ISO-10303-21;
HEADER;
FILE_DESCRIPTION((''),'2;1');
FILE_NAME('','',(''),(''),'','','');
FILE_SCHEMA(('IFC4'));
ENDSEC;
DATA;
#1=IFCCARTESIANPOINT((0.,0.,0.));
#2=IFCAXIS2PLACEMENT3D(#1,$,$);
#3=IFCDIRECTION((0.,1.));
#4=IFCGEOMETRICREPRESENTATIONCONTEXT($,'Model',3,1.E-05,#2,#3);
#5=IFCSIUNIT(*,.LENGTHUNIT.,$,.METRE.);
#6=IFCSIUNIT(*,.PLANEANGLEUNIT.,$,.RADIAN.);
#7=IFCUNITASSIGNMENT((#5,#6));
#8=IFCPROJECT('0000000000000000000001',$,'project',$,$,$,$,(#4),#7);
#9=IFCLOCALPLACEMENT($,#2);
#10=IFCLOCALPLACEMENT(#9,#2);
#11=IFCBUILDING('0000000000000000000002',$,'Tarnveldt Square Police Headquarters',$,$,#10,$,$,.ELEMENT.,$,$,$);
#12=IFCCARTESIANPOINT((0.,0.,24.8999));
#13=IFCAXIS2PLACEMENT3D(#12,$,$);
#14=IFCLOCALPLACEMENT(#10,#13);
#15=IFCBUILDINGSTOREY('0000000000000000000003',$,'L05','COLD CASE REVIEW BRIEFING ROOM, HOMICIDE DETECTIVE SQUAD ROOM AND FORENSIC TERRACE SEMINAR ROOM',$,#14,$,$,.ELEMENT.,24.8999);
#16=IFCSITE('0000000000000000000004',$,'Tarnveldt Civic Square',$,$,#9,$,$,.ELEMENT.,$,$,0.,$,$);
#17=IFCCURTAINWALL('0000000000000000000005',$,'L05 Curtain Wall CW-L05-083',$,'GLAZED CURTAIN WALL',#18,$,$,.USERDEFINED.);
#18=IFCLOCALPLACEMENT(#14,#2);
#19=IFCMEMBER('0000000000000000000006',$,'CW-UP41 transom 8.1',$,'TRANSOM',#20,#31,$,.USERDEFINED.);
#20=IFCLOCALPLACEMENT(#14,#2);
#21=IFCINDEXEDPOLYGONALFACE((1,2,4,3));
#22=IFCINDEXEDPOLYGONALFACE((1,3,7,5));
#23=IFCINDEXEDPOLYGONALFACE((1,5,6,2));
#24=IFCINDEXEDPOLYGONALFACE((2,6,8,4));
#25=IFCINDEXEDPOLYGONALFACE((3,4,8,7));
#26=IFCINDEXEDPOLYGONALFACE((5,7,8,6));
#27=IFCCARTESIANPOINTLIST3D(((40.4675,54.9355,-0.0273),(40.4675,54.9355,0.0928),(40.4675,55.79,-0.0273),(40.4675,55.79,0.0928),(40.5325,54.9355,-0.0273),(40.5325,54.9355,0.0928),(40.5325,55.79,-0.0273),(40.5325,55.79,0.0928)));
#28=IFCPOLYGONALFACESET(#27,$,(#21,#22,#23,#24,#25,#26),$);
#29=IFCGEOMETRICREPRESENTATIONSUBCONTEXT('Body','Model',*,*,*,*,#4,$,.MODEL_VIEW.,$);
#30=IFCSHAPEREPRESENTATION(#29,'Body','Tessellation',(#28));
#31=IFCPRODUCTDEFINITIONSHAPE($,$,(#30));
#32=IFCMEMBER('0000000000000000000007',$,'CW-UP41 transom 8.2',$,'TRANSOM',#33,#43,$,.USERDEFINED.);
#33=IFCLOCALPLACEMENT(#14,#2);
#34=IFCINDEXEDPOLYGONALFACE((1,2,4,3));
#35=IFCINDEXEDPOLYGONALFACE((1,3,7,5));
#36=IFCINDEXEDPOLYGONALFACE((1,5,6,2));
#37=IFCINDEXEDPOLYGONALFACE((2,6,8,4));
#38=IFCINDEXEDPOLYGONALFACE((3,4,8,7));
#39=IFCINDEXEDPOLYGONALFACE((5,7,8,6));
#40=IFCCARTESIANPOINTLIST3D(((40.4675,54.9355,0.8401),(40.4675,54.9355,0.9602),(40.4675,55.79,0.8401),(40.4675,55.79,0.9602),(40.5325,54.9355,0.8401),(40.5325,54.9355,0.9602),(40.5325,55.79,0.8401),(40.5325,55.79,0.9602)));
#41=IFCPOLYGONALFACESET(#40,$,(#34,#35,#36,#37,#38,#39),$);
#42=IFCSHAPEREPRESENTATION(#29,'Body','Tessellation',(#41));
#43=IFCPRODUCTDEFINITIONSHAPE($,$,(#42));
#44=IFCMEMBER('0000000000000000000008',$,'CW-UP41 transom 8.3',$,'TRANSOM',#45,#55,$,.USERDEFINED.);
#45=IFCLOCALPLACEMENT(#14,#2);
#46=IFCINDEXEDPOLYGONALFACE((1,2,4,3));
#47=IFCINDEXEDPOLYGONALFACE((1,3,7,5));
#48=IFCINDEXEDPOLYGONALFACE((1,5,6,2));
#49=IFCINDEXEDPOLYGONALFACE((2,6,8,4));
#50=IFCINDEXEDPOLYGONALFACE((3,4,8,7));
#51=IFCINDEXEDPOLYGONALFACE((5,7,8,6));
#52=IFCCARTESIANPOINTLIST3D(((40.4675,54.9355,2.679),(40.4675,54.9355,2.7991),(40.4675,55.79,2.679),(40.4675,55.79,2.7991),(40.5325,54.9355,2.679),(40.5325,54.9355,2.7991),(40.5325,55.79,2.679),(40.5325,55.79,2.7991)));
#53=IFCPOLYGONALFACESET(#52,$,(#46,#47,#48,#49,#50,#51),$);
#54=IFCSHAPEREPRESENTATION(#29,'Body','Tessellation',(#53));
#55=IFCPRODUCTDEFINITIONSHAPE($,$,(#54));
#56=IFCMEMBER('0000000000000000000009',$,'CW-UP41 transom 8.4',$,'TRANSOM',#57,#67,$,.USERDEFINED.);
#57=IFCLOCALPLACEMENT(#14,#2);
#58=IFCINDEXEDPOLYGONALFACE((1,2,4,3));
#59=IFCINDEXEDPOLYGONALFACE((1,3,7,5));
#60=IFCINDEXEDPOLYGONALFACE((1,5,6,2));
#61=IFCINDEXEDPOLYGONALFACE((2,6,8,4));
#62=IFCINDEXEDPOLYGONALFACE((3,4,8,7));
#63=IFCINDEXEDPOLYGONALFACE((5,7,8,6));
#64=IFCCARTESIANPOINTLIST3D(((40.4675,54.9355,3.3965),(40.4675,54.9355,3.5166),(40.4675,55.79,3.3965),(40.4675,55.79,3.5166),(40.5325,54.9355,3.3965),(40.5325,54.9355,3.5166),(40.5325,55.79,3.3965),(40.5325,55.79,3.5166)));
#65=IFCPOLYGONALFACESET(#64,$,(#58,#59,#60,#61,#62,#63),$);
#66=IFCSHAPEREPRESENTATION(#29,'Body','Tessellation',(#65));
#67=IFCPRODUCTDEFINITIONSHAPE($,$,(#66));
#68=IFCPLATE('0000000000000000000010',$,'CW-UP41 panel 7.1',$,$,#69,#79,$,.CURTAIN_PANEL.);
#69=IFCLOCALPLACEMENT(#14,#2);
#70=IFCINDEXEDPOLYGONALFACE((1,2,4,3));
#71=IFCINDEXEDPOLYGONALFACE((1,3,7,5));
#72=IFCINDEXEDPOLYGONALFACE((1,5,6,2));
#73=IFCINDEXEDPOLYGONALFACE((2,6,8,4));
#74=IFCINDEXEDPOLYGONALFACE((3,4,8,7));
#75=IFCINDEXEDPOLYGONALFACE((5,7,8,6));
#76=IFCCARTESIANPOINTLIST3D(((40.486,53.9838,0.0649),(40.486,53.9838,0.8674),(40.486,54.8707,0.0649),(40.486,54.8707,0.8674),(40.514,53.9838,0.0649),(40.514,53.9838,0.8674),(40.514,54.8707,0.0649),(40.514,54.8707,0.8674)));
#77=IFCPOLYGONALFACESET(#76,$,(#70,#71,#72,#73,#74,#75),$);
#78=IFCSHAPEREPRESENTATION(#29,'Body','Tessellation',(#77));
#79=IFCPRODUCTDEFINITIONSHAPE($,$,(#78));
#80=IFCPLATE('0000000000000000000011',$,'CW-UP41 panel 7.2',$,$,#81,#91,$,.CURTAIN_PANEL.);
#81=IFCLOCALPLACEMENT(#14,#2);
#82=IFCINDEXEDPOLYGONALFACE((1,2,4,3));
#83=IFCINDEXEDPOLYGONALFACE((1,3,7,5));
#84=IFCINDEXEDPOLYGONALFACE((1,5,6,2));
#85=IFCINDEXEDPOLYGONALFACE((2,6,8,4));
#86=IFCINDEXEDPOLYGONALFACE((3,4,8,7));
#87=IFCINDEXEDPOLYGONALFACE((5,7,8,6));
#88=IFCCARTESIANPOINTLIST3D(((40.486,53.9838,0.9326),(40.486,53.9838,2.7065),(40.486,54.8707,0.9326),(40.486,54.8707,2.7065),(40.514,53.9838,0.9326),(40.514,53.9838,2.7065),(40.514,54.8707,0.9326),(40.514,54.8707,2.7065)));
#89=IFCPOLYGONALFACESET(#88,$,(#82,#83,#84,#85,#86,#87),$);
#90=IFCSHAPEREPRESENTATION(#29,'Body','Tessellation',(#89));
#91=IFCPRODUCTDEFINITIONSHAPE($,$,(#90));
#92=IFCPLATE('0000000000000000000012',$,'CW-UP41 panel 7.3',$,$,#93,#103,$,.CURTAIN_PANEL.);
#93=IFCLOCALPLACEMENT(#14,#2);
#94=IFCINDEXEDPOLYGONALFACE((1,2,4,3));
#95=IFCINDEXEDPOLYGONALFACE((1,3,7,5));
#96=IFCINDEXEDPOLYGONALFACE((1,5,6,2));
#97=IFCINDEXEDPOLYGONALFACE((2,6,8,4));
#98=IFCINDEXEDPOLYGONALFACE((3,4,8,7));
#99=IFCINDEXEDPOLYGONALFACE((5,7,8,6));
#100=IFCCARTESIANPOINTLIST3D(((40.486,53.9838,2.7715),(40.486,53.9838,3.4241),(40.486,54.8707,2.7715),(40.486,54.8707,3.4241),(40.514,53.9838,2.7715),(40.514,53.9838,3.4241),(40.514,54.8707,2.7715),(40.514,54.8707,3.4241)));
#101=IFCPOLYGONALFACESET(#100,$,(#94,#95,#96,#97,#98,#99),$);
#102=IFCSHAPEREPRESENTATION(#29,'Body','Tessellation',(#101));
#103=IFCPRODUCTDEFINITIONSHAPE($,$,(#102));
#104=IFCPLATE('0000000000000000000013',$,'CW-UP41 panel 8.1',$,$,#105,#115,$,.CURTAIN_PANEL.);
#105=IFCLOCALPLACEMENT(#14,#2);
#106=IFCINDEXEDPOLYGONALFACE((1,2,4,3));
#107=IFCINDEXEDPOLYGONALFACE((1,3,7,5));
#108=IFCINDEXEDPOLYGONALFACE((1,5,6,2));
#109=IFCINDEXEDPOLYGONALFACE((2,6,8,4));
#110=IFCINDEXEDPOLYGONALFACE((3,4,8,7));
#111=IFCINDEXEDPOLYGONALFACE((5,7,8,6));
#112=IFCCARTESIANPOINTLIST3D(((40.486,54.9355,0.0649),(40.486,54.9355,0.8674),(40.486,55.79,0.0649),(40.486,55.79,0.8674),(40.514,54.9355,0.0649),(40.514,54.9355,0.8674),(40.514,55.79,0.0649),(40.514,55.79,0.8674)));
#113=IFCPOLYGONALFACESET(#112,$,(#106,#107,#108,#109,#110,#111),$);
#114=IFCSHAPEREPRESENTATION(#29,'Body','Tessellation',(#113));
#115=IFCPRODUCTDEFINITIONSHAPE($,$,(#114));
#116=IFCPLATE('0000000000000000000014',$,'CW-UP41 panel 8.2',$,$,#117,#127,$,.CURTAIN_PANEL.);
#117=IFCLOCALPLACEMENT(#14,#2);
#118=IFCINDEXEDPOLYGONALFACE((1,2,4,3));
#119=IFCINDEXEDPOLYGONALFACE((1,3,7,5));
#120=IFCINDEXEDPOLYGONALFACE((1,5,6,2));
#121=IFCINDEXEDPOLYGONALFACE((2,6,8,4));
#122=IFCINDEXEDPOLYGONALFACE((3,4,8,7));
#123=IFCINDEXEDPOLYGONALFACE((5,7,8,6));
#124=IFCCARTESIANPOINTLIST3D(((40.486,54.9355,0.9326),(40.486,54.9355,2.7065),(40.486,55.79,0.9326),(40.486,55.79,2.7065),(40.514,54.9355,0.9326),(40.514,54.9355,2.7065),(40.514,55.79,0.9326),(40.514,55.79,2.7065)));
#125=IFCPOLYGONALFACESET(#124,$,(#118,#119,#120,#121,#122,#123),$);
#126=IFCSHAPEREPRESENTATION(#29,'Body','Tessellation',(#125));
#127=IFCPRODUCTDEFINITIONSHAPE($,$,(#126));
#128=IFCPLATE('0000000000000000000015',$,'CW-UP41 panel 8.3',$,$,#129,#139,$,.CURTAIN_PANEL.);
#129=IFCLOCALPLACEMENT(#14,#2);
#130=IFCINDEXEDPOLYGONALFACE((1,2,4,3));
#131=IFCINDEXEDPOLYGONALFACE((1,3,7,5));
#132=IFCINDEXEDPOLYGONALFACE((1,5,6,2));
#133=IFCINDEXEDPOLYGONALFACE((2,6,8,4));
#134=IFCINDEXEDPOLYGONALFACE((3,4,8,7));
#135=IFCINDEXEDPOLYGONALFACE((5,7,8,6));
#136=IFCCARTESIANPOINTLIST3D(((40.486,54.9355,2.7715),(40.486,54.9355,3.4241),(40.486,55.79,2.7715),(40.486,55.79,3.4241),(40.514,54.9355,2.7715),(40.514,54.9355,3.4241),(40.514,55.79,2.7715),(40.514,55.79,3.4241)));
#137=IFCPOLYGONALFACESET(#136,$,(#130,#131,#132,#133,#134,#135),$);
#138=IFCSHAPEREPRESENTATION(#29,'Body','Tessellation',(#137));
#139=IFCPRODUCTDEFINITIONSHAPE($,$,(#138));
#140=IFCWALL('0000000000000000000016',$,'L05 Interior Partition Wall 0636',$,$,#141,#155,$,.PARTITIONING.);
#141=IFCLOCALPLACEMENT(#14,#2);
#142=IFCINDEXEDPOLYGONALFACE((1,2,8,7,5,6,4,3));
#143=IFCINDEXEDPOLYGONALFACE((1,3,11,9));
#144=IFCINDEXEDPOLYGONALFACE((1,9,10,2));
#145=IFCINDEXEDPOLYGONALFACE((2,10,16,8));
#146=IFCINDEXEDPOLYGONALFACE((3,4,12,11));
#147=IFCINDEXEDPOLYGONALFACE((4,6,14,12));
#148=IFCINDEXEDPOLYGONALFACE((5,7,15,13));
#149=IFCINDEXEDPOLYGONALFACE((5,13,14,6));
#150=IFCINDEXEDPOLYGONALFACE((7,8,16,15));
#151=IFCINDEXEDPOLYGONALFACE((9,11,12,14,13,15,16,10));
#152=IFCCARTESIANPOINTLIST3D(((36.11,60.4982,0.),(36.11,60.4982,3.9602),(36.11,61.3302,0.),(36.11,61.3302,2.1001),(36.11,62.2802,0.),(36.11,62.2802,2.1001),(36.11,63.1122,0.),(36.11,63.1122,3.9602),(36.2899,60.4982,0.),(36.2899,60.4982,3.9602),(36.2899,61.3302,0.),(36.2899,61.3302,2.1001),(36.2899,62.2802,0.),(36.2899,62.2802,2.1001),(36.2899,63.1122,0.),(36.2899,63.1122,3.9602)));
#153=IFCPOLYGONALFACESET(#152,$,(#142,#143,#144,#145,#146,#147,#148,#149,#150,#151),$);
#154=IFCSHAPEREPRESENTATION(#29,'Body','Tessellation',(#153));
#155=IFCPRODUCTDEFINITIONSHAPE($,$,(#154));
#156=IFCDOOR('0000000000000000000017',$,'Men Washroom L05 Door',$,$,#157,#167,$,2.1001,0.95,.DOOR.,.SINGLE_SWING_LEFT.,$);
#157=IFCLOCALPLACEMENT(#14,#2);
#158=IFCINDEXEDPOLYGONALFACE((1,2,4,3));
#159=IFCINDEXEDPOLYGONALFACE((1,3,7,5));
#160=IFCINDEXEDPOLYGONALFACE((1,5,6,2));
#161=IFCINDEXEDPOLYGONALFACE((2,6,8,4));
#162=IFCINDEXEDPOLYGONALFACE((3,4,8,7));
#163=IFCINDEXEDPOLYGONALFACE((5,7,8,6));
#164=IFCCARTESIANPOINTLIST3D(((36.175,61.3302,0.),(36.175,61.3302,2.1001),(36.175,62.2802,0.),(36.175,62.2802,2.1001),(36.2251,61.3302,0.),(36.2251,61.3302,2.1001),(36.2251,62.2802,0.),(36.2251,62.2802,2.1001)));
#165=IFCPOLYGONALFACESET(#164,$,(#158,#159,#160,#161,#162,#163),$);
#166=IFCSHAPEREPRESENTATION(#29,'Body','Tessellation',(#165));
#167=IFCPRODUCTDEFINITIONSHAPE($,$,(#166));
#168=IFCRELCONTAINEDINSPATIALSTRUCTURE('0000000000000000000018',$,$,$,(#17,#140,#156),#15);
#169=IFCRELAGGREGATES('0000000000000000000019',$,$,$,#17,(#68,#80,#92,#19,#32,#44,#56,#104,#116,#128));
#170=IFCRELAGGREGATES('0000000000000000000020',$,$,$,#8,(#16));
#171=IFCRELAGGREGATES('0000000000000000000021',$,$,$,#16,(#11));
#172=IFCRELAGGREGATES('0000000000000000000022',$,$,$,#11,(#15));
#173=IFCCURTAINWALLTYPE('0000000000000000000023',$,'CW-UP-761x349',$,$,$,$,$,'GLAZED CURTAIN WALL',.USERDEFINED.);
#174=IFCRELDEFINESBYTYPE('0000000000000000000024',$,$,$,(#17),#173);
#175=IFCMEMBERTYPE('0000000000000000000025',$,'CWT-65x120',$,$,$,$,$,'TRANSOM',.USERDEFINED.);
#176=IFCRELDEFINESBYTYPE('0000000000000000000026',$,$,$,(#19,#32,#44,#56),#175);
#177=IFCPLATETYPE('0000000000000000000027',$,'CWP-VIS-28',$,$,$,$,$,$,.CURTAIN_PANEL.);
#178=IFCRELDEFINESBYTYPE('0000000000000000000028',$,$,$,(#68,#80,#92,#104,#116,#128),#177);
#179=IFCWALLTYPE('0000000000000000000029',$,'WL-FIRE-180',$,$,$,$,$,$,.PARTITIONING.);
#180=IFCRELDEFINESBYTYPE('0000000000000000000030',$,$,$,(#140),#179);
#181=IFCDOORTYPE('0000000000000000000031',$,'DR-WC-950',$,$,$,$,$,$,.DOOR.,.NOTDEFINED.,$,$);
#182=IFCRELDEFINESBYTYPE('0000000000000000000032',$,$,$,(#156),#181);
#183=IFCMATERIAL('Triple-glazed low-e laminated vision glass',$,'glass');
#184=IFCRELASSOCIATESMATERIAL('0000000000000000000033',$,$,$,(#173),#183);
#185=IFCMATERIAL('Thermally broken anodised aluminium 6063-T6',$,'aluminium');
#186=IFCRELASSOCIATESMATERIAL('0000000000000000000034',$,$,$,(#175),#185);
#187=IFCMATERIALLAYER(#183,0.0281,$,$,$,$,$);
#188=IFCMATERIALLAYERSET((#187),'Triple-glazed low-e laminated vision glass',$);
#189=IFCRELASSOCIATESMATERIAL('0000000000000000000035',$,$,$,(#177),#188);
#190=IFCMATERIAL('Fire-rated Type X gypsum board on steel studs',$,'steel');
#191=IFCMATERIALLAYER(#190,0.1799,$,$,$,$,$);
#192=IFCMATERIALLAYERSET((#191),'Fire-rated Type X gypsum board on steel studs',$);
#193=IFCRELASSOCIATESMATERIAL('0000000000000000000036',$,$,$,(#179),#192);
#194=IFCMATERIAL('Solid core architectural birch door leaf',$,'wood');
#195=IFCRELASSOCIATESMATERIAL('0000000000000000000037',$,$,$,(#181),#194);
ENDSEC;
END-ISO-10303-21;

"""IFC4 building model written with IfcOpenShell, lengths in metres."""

from ifc_helpers import new_model, si_unit, direction, frame, frame_2d, origin, origin_2d, place, context, subcontext, project, spatial, rectangle, extrude, material, layer, layer_set, material_profile, profile_set, type_object, element, fill, aggregate, save


model = new_model("IFC4")

# Units and contexts
model_context = context("Model", 3, precision=1e-05, world=origin(), true_north=direction((0.0, 1.0)))
body_context = subcontext(model_context, "Body", "Model", "MODEL_VIEW")
ifc_project = project(units=[si_unit("LENGTHUNIT", "METRE"), si_unit("PLANEANGLEUNIT", "RADIAN")], contexts=[model_context])

# Site, building, storey
site_placement = place(None, origin())
site = spatial("IfcSite", under=ifc_project, at=site_placement, Name="Tarnveldt Civic Square", CompositionType="ELEMENT", RefElevation=0.0)
building_placement = place(site_placement, origin())
building = spatial("IfcBuilding", under=site, at=building_placement, Name="Tarnveldt Square Police Headquarters", CompositionType="ELEMENT")
storey_placement = place(building_placement, frame((0.0, 0.0, 24.8999)))
storey = spatial("IfcBuildingStorey", under=building, at=storey_placement, Name="L05", Description="COLD CASE REVIEW BRIEFING ROOM, HOMICIDE DETECTIVE SQUAD ROOM AND FORENSIC TERRACE SEMINAR ROOM", CompositionType="ELEMENT", Elevation=24.8999)

# Curtain wall
ifc_material_1 = material(Name="Triple-glazed low-e laminated vision glass", Category="glass")
curtain_wall_type_1 = type_object("IfcCurtainWallType", Name="CW-UP-761x349", ElementType="GLAZED CURTAIN WALL", PredefinedType="USERDEFINED", material=ifc_material_1)
curtain_wall_1_placement = place(storey_placement, origin())
curtain_wall_1 = element("IfcCurtainWall", 1, at=curtain_wall_1_placement, inside=storey, type_object=curtain_wall_type_1, Name="L05 Curtain Wall CW-L05-083", ObjectType="GLAZED CURTAIN WALL", PredefinedType="USERDEFINED")
ifc_material_2 = material(Name="Thermally broken anodised aluminium 6063-T6", Category="aluminium")

# Members
ifc_material_profile_1 = material_profile(ifc_material_2, rectangle(XDim=0.0649, YDim=0.1201, at=origin_2d()), Name="CW-T65x120")
ifc_profile_set_1 = profile_set([ifc_material_profile_1], Name="Thermally broken anodised aluminium 6063-T6")
member_type_1 = type_object("IfcMemberType", Name="CWT-65x120", ElementType="TRANSOM", PredefinedType="USERDEFINED", material=ifc_profile_set_1)
member_1_placement = place(storey_placement, frame((40.5, 54.9355, 0.0327), z_axis=(0.0, 1.0, 0.0), x_axis=(-1.0, 0.0, 0.0)))
member_1 = element("IfcMember", 2, at=member_1_placement, type_object=member_type_1, Name="CW-UP41 transom 8.1", ObjectType="TRANSOM", PredefinedType="USERDEFINED", context=body_context, shape_type="SweptSolid", body=[
    extrude(rectangle(XDim=0.0649, YDim=0.1201, at=origin_2d()), origin(), (0.0, 0.0, 1.0), 0.8545),
])
member_2_placement = place(storey_placement, frame((40.5, 54.9355, 0.9001), z_axis=(0.0, 1.0, 0.0), x_axis=(-1.0, 0.0, 0.0)))
member_2 = element("IfcMember", 3, at=member_2_placement, type_object=member_type_1, Name="CW-UP41 transom 8.2", ObjectType="TRANSOM", PredefinedType="USERDEFINED", context=body_context, shape_type="SweptSolid", body=[
    extrude(rectangle(XDim=0.0649, YDim=0.1201, at=origin_2d()), origin(), (0.0, 0.0, 1.0), 0.8545),
])
member_3_placement = place(storey_placement, frame((40.5, 54.9355, 2.739), z_axis=(0.0, 1.0, 0.0), x_axis=(-1.0, 0.0, 0.0)))
member_3 = element("IfcMember", 4, at=member_3_placement, type_object=member_type_1, Name="CW-UP41 transom 8.3", ObjectType="TRANSOM", PredefinedType="USERDEFINED", context=body_context, shape_type="SweptSolid", body=[
    extrude(rectangle(XDim=0.0649, YDim=0.1201, at=origin_2d()), origin(), (0.0, 0.0, 1.0), 0.8545),
])
member_4_placement = place(storey_placement, frame((40.5, 54.9355, 3.4565), z_axis=(0.0, 1.0, 0.0), x_axis=(-1.0, 0.0, 0.0)))
member_4 = element("IfcMember", 5, at=member_4_placement, type_object=member_type_1, Name="CW-UP41 transom 8.4", ObjectType="TRANSOM", PredefinedType="USERDEFINED", context=body_context, shape_type="SweptSolid", body=[
    extrude(rectangle(XDim=0.0649, YDim=0.1201, at=origin_2d()), origin(), (0.0, 0.0, 1.0), 0.8545),
])

# Plates
ifc_layer_1 = layer(ifc_material_1, 0.0281)
ifc_layer_set_1 = layer_set([ifc_layer_1], Name="Triple-glazed low-e laminated vision glass")
plate_type = type_object("IfcPlateType", Name="CWP-VIS-28", PredefinedType="CURTAIN_PANEL", material=ifc_layer_set_1)
plate_1_placement = place(storey_placement, frame((40.5, 54.4272, 0.0649), z_axis=(0.0, 0.0, 1.0), x_axis=(0.0, 1.0, 0.0)))
plate_1 = element("IfcPlate", 6, at=plate_1_placement, type_object=plate_type, Name="CW-UP41 panel 7.1", PredefinedType="CURTAIN_PANEL", context=body_context, shape_type="SweptSolid", body=[
    extrude(rectangle(XDim=0.887, YDim=0.0281, at=origin_2d()), origin(), (0.0, 0.0, 1.0), 0.8025),
])
plate_2_placement = place(storey_placement, frame((40.5, 54.4272, 0.9326), z_axis=(0.0, 0.0, 1.0), x_axis=(0.0, 1.0, 0.0)))
plate_2 = element("IfcPlate", 7, at=plate_2_placement, type_object=plate_type, Name="CW-UP41 panel 7.2", PredefinedType="CURTAIN_PANEL", context=body_context, shape_type="SweptSolid", body=[
    extrude(rectangle(XDim=0.887, YDim=0.0281, at=origin_2d()), origin(), (0.0, 0.0, 1.0), 1.7739),
])
plate_3_placement = place(storey_placement, frame((40.5, 54.4272, 2.7715), z_axis=(0.0, 0.0, 1.0), x_axis=(0.0, 1.0, 0.0)))
plate_3 = element("IfcPlate", 8, at=plate_3_placement, type_object=plate_type, Name="CW-UP41 panel 7.3", PredefinedType="CURTAIN_PANEL", context=body_context, shape_type="SweptSolid", body=[
    extrude(rectangle(XDim=0.887, YDim=0.0281, at=origin_2d()), origin(), (0.0, 0.0, 1.0), 0.6526),
])
plate_4_placement = place(storey_placement, frame((40.5, 55.3628, 0.0649), z_axis=(0.0, 0.0, 1.0), x_axis=(0.0, 1.0, 0.0)))
plate_4 = element("IfcPlate", 9, at=plate_4_placement, type_object=plate_type, Name="CW-UP41 panel 8.1", PredefinedType="CURTAIN_PANEL", context=body_context, shape_type="SweptSolid", body=[
    extrude(rectangle(XDim=0.8545, YDim=0.0281, at=origin_2d()), origin(), (0.0, 0.0, 1.0), 0.8025),
])
plate_5_placement = place(storey_placement, frame((40.5, 55.3628, 0.9326), z_axis=(0.0, 0.0, 1.0), x_axis=(0.0, 1.0, 0.0)))
plate_5 = element("IfcPlate", 10, at=plate_5_placement, type_object=plate_type, Name="CW-UP41 panel 8.2", PredefinedType="CURTAIN_PANEL", context=body_context, shape_type="SweptSolid", body=[
    extrude(rectangle(XDim=0.8545, YDim=0.0281, at=origin_2d()), origin(), (0.0, 0.0, 1.0), 1.7739),
])
plate_6_placement = place(storey_placement, frame((40.5, 55.3628, 2.7715), z_axis=(0.0, 0.0, 1.0), x_axis=(0.0, 1.0, 0.0)))
plate_6 = element("IfcPlate", 11, at=plate_6_placement, type_object=plate_type, Name="CW-UP41 panel 8.3", PredefinedType="CURTAIN_PANEL", context=body_context, shape_type="SweptSolid", body=[
    extrude(rectangle(XDim=0.8545, YDim=0.0281, at=origin_2d()), origin(), (0.0, 0.0, 1.0), 0.6526),
])
aggregate(curtain_wall_1, [plate_1, plate_2, plate_3, member_1, member_2, member_3, member_4, plate_4, plate_5, plate_6])

# Wall, opening, door
ifc_material_3 = material(Name="Fire-rated Type X gypsum board on steel studs", Category="steel")
ifc_layer_2 = layer(ifc_material_3, 0.1799)
ifc_layer_set_2 = layer_set([ifc_layer_2], Name="Fire-rated Type X gypsum board on steel studs")
wall_type = type_object("IfcWallType", Name="WL-FIRE-180", PredefinedType="PARTITIONING", material=ifc_layer_set_2)
wall_1_placement = place(storey_placement, frame((36.2, 60.498, 0.0), z_axis=(0.0, 0.0, 1.0), x_axis=(0.0, 1.0, 0.0)))
wall_1 = element("IfcWall", 12, at=wall_1_placement, inside=storey, type_object=wall_type, Name="L05 Interior Partition Wall 0636", PredefinedType="PARTITIONING", context=body_context, shape_type="SweptSolid", body=[
    extrude(rectangle(XDim=2.614, YDim=0.1799, at=frame_2d((1.3071, 0.0))), origin(), (0.0, 0.0, 1.0), 3.9602),
])
opening_1_placement = place(wall_1_placement, frame((0.832, 0.0, 0.0)))
opening_1 = element("IfcOpeningElement", 13, at=opening_1_placement, cuts=wall_1, PredefinedType="OPENING", context=body_context, shape_type="SweptSolid", body=[
    extrude(rectangle(XDim=0.95, YDim=2.1001, at=frame_2d((0.4751, 1.05))), frame((0.0, 0.0999, 0.0), z_axis=(0.0, -1.0, 0.0), x_axis=(1.0, 0.0, 0.0)), (0.0, 0.0, 1.0), 0.2),
])
ifc_material_4 = material(Name="Solid core architectural birch door leaf", Category="wood")
door_type_1 = type_object("IfcDoorType", Name="DR-WC-950", OperationType="NOTDEFINED", PredefinedType="DOOR", material=ifc_material_4)
door_1_placement = place(opening_1_placement, origin())
door_1 = element("IfcDoor", 14, at=door_1_placement, inside=storey, type_object=door_type_1, Name="Men Washroom L05 Door", OperationType="SINGLE_SWING_LEFT", OverallHeight=2.1001, OverallWidth=0.95, PredefinedType="DOOR", context=body_context, shape_type="SweptSolid", body=[
    extrude(rectangle(XDim=0.95, YDim=2.1001, at=frame_2d((0.4751, 1.05))), frame((0.0, 0.0249, 0.0), z_axis=(0.0, -1.0, 0.0), x_axis=(1.0, 0.0, 0.0)), (0.0, 0.0, 1.0), 0.05),
])
fill(opening_1, door_1)

save(model, "model.ifc")
